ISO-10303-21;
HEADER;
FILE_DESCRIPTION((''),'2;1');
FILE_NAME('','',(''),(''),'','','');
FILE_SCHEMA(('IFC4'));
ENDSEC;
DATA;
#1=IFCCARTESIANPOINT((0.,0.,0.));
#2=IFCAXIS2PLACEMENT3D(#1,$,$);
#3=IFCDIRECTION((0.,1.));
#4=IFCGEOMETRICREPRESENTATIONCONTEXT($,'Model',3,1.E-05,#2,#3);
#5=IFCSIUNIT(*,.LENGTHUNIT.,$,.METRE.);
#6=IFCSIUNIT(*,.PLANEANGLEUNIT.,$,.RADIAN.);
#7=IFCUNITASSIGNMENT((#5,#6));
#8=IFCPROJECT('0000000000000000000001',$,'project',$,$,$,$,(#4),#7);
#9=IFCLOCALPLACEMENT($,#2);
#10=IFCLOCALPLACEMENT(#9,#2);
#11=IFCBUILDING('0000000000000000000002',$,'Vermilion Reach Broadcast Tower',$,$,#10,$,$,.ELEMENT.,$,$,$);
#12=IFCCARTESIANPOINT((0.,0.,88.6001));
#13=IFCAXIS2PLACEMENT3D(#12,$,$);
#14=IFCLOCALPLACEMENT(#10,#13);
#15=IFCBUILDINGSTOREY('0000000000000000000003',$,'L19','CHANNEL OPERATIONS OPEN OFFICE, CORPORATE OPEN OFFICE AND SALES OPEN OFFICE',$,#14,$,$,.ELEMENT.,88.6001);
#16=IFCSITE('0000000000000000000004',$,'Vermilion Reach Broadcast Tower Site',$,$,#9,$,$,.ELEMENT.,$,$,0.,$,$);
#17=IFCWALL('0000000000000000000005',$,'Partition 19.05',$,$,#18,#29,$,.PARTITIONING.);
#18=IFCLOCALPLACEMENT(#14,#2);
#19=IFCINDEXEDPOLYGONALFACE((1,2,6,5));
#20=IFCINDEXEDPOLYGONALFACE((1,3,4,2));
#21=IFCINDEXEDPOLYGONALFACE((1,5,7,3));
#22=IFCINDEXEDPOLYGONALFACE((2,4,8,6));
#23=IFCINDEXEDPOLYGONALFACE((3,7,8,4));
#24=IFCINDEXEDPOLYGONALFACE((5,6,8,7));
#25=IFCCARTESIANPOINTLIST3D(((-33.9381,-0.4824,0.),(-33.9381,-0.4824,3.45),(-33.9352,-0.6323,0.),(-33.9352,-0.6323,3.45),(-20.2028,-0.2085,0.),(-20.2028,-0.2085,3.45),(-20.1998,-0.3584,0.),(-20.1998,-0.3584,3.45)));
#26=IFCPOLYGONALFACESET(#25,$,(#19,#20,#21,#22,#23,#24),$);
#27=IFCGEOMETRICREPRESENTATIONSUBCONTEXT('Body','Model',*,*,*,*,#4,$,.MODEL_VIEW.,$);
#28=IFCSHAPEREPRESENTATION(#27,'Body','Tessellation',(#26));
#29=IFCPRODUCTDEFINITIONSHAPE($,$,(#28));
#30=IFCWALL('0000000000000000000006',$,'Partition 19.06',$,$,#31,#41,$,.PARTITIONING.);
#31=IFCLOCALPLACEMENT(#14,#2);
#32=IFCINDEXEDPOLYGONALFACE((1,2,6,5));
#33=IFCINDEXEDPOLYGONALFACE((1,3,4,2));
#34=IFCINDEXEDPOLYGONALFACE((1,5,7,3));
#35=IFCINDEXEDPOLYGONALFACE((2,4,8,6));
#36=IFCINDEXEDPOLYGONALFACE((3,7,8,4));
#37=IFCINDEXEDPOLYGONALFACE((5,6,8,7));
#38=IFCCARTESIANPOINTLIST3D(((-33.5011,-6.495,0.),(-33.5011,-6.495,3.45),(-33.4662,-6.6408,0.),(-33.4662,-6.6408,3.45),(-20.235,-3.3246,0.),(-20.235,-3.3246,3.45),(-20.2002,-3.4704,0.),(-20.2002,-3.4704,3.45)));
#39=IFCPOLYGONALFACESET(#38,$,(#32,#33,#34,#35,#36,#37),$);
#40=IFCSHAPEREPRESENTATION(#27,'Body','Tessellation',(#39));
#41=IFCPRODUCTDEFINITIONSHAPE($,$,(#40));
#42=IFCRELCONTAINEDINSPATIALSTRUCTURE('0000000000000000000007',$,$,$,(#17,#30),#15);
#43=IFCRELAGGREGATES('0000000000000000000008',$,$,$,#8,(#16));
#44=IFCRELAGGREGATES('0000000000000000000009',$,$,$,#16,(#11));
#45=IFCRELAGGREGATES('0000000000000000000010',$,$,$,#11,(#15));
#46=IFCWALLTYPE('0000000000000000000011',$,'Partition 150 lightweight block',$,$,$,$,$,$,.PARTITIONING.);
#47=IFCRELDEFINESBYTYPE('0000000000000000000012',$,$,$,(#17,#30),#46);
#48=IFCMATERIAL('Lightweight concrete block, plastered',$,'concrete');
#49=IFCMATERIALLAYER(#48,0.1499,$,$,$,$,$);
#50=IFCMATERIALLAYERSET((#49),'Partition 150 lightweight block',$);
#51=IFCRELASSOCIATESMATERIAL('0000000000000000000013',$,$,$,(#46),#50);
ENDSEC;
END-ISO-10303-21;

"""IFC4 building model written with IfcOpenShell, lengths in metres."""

from ifc_helpers import new_model, si_unit, direction, frame, frame_2d, origin, place, context, subcontext, project, spatial, rectangle, extrude, material, layer, layer_set, type_object, element, save


model = new_model("IFC4")

# Units and contexts
model_context = context("Model", 3, precision=1e-05, world=origin(), true_north=direction((0.0, 1.0)))
body_context = subcontext(model_context, "Body", "Model", "MODEL_VIEW")
ifc_project = project(units=[si_unit("LENGTHUNIT", "METRE"), si_unit("PLANEANGLEUNIT", "RADIAN")], contexts=[model_context])

# Site, building, storey
site_placement = place(None, origin())
site = spatial("IfcSite", under=ifc_project, at=site_placement, Name="Vermilion Reach Broadcast Tower Site", CompositionType="ELEMENT", RefElevation=0.0)
building_placement = place(site_placement, origin())
building = spatial("IfcBuilding", under=site, at=building_placement, Name="Vermilion Reach Broadcast Tower", CompositionType="ELEMENT")
storey_placement = place(building_placement, frame((0.0, 0.0, 88.6001)))
storey = spatial("IfcBuildingStorey", under=building, at=storey_placement, Name="L19", Description="CHANNEL OPERATIONS OPEN OFFICE, CORPORATE OPEN OFFICE AND SALES OPEN OFFICE", CompositionType="ELEMENT", Elevation=88.6001)

# Walls
ifc_material_1 = material(Name="Lightweight concrete block, plastered", Category="concrete")
ifc_layer_1 = layer(ifc_material_1, 0.1499)
ifc_layer_set_1 = layer_set([ifc_layer_1], Name="Partition 150 lightweight block")
wall_type = type_object("IfcWallType", Name="Partition 150 lightweight block", PredefinedType="PARTITIONING", material=ifc_layer_set_1)
wall_1_placement = place(storey_placement, frame((-33.9368, -0.5574, 0.0), z_axis=(0.0, 0.0, 1.0), x_axis=(0.999801, 0.019939, 0.0)))
element("IfcWall", 1, at=wall_1_placement, inside=storey, type_object=wall_type, Name="Partition 19.05", PredefinedType="PARTITIONING", context=body_context, shape_type="SweptSolid", body=[
    extrude(rectangle(XDim=13.738, YDim=0.1499, at=frame_2d((6.8691, 0.0))), origin(), (0.0, 0.0, 1.0), 3.45),
])
wall_2_placement = place(storey_placement, frame((-33.4836, -6.5679, 0.0), z_axis=(0.0, 0.0, 1.0), x_axis=(0.972611, 0.23244, 0.0)))
element("IfcWall", 2, at=wall_2_placement, inside=storey, type_object=wall_type, Name="Partition 19.06", PredefinedType="PARTITIONING", context=body_context, shape_type="SweptSolid", body=[
    extrude(rectangle(XDim=13.6396, YDim=0.1499, at=frame_2d((6.8198, 0.0))), origin(), (0.0, 0.0, 1.0), 3.45),
])

save(model, "model.ifc")
